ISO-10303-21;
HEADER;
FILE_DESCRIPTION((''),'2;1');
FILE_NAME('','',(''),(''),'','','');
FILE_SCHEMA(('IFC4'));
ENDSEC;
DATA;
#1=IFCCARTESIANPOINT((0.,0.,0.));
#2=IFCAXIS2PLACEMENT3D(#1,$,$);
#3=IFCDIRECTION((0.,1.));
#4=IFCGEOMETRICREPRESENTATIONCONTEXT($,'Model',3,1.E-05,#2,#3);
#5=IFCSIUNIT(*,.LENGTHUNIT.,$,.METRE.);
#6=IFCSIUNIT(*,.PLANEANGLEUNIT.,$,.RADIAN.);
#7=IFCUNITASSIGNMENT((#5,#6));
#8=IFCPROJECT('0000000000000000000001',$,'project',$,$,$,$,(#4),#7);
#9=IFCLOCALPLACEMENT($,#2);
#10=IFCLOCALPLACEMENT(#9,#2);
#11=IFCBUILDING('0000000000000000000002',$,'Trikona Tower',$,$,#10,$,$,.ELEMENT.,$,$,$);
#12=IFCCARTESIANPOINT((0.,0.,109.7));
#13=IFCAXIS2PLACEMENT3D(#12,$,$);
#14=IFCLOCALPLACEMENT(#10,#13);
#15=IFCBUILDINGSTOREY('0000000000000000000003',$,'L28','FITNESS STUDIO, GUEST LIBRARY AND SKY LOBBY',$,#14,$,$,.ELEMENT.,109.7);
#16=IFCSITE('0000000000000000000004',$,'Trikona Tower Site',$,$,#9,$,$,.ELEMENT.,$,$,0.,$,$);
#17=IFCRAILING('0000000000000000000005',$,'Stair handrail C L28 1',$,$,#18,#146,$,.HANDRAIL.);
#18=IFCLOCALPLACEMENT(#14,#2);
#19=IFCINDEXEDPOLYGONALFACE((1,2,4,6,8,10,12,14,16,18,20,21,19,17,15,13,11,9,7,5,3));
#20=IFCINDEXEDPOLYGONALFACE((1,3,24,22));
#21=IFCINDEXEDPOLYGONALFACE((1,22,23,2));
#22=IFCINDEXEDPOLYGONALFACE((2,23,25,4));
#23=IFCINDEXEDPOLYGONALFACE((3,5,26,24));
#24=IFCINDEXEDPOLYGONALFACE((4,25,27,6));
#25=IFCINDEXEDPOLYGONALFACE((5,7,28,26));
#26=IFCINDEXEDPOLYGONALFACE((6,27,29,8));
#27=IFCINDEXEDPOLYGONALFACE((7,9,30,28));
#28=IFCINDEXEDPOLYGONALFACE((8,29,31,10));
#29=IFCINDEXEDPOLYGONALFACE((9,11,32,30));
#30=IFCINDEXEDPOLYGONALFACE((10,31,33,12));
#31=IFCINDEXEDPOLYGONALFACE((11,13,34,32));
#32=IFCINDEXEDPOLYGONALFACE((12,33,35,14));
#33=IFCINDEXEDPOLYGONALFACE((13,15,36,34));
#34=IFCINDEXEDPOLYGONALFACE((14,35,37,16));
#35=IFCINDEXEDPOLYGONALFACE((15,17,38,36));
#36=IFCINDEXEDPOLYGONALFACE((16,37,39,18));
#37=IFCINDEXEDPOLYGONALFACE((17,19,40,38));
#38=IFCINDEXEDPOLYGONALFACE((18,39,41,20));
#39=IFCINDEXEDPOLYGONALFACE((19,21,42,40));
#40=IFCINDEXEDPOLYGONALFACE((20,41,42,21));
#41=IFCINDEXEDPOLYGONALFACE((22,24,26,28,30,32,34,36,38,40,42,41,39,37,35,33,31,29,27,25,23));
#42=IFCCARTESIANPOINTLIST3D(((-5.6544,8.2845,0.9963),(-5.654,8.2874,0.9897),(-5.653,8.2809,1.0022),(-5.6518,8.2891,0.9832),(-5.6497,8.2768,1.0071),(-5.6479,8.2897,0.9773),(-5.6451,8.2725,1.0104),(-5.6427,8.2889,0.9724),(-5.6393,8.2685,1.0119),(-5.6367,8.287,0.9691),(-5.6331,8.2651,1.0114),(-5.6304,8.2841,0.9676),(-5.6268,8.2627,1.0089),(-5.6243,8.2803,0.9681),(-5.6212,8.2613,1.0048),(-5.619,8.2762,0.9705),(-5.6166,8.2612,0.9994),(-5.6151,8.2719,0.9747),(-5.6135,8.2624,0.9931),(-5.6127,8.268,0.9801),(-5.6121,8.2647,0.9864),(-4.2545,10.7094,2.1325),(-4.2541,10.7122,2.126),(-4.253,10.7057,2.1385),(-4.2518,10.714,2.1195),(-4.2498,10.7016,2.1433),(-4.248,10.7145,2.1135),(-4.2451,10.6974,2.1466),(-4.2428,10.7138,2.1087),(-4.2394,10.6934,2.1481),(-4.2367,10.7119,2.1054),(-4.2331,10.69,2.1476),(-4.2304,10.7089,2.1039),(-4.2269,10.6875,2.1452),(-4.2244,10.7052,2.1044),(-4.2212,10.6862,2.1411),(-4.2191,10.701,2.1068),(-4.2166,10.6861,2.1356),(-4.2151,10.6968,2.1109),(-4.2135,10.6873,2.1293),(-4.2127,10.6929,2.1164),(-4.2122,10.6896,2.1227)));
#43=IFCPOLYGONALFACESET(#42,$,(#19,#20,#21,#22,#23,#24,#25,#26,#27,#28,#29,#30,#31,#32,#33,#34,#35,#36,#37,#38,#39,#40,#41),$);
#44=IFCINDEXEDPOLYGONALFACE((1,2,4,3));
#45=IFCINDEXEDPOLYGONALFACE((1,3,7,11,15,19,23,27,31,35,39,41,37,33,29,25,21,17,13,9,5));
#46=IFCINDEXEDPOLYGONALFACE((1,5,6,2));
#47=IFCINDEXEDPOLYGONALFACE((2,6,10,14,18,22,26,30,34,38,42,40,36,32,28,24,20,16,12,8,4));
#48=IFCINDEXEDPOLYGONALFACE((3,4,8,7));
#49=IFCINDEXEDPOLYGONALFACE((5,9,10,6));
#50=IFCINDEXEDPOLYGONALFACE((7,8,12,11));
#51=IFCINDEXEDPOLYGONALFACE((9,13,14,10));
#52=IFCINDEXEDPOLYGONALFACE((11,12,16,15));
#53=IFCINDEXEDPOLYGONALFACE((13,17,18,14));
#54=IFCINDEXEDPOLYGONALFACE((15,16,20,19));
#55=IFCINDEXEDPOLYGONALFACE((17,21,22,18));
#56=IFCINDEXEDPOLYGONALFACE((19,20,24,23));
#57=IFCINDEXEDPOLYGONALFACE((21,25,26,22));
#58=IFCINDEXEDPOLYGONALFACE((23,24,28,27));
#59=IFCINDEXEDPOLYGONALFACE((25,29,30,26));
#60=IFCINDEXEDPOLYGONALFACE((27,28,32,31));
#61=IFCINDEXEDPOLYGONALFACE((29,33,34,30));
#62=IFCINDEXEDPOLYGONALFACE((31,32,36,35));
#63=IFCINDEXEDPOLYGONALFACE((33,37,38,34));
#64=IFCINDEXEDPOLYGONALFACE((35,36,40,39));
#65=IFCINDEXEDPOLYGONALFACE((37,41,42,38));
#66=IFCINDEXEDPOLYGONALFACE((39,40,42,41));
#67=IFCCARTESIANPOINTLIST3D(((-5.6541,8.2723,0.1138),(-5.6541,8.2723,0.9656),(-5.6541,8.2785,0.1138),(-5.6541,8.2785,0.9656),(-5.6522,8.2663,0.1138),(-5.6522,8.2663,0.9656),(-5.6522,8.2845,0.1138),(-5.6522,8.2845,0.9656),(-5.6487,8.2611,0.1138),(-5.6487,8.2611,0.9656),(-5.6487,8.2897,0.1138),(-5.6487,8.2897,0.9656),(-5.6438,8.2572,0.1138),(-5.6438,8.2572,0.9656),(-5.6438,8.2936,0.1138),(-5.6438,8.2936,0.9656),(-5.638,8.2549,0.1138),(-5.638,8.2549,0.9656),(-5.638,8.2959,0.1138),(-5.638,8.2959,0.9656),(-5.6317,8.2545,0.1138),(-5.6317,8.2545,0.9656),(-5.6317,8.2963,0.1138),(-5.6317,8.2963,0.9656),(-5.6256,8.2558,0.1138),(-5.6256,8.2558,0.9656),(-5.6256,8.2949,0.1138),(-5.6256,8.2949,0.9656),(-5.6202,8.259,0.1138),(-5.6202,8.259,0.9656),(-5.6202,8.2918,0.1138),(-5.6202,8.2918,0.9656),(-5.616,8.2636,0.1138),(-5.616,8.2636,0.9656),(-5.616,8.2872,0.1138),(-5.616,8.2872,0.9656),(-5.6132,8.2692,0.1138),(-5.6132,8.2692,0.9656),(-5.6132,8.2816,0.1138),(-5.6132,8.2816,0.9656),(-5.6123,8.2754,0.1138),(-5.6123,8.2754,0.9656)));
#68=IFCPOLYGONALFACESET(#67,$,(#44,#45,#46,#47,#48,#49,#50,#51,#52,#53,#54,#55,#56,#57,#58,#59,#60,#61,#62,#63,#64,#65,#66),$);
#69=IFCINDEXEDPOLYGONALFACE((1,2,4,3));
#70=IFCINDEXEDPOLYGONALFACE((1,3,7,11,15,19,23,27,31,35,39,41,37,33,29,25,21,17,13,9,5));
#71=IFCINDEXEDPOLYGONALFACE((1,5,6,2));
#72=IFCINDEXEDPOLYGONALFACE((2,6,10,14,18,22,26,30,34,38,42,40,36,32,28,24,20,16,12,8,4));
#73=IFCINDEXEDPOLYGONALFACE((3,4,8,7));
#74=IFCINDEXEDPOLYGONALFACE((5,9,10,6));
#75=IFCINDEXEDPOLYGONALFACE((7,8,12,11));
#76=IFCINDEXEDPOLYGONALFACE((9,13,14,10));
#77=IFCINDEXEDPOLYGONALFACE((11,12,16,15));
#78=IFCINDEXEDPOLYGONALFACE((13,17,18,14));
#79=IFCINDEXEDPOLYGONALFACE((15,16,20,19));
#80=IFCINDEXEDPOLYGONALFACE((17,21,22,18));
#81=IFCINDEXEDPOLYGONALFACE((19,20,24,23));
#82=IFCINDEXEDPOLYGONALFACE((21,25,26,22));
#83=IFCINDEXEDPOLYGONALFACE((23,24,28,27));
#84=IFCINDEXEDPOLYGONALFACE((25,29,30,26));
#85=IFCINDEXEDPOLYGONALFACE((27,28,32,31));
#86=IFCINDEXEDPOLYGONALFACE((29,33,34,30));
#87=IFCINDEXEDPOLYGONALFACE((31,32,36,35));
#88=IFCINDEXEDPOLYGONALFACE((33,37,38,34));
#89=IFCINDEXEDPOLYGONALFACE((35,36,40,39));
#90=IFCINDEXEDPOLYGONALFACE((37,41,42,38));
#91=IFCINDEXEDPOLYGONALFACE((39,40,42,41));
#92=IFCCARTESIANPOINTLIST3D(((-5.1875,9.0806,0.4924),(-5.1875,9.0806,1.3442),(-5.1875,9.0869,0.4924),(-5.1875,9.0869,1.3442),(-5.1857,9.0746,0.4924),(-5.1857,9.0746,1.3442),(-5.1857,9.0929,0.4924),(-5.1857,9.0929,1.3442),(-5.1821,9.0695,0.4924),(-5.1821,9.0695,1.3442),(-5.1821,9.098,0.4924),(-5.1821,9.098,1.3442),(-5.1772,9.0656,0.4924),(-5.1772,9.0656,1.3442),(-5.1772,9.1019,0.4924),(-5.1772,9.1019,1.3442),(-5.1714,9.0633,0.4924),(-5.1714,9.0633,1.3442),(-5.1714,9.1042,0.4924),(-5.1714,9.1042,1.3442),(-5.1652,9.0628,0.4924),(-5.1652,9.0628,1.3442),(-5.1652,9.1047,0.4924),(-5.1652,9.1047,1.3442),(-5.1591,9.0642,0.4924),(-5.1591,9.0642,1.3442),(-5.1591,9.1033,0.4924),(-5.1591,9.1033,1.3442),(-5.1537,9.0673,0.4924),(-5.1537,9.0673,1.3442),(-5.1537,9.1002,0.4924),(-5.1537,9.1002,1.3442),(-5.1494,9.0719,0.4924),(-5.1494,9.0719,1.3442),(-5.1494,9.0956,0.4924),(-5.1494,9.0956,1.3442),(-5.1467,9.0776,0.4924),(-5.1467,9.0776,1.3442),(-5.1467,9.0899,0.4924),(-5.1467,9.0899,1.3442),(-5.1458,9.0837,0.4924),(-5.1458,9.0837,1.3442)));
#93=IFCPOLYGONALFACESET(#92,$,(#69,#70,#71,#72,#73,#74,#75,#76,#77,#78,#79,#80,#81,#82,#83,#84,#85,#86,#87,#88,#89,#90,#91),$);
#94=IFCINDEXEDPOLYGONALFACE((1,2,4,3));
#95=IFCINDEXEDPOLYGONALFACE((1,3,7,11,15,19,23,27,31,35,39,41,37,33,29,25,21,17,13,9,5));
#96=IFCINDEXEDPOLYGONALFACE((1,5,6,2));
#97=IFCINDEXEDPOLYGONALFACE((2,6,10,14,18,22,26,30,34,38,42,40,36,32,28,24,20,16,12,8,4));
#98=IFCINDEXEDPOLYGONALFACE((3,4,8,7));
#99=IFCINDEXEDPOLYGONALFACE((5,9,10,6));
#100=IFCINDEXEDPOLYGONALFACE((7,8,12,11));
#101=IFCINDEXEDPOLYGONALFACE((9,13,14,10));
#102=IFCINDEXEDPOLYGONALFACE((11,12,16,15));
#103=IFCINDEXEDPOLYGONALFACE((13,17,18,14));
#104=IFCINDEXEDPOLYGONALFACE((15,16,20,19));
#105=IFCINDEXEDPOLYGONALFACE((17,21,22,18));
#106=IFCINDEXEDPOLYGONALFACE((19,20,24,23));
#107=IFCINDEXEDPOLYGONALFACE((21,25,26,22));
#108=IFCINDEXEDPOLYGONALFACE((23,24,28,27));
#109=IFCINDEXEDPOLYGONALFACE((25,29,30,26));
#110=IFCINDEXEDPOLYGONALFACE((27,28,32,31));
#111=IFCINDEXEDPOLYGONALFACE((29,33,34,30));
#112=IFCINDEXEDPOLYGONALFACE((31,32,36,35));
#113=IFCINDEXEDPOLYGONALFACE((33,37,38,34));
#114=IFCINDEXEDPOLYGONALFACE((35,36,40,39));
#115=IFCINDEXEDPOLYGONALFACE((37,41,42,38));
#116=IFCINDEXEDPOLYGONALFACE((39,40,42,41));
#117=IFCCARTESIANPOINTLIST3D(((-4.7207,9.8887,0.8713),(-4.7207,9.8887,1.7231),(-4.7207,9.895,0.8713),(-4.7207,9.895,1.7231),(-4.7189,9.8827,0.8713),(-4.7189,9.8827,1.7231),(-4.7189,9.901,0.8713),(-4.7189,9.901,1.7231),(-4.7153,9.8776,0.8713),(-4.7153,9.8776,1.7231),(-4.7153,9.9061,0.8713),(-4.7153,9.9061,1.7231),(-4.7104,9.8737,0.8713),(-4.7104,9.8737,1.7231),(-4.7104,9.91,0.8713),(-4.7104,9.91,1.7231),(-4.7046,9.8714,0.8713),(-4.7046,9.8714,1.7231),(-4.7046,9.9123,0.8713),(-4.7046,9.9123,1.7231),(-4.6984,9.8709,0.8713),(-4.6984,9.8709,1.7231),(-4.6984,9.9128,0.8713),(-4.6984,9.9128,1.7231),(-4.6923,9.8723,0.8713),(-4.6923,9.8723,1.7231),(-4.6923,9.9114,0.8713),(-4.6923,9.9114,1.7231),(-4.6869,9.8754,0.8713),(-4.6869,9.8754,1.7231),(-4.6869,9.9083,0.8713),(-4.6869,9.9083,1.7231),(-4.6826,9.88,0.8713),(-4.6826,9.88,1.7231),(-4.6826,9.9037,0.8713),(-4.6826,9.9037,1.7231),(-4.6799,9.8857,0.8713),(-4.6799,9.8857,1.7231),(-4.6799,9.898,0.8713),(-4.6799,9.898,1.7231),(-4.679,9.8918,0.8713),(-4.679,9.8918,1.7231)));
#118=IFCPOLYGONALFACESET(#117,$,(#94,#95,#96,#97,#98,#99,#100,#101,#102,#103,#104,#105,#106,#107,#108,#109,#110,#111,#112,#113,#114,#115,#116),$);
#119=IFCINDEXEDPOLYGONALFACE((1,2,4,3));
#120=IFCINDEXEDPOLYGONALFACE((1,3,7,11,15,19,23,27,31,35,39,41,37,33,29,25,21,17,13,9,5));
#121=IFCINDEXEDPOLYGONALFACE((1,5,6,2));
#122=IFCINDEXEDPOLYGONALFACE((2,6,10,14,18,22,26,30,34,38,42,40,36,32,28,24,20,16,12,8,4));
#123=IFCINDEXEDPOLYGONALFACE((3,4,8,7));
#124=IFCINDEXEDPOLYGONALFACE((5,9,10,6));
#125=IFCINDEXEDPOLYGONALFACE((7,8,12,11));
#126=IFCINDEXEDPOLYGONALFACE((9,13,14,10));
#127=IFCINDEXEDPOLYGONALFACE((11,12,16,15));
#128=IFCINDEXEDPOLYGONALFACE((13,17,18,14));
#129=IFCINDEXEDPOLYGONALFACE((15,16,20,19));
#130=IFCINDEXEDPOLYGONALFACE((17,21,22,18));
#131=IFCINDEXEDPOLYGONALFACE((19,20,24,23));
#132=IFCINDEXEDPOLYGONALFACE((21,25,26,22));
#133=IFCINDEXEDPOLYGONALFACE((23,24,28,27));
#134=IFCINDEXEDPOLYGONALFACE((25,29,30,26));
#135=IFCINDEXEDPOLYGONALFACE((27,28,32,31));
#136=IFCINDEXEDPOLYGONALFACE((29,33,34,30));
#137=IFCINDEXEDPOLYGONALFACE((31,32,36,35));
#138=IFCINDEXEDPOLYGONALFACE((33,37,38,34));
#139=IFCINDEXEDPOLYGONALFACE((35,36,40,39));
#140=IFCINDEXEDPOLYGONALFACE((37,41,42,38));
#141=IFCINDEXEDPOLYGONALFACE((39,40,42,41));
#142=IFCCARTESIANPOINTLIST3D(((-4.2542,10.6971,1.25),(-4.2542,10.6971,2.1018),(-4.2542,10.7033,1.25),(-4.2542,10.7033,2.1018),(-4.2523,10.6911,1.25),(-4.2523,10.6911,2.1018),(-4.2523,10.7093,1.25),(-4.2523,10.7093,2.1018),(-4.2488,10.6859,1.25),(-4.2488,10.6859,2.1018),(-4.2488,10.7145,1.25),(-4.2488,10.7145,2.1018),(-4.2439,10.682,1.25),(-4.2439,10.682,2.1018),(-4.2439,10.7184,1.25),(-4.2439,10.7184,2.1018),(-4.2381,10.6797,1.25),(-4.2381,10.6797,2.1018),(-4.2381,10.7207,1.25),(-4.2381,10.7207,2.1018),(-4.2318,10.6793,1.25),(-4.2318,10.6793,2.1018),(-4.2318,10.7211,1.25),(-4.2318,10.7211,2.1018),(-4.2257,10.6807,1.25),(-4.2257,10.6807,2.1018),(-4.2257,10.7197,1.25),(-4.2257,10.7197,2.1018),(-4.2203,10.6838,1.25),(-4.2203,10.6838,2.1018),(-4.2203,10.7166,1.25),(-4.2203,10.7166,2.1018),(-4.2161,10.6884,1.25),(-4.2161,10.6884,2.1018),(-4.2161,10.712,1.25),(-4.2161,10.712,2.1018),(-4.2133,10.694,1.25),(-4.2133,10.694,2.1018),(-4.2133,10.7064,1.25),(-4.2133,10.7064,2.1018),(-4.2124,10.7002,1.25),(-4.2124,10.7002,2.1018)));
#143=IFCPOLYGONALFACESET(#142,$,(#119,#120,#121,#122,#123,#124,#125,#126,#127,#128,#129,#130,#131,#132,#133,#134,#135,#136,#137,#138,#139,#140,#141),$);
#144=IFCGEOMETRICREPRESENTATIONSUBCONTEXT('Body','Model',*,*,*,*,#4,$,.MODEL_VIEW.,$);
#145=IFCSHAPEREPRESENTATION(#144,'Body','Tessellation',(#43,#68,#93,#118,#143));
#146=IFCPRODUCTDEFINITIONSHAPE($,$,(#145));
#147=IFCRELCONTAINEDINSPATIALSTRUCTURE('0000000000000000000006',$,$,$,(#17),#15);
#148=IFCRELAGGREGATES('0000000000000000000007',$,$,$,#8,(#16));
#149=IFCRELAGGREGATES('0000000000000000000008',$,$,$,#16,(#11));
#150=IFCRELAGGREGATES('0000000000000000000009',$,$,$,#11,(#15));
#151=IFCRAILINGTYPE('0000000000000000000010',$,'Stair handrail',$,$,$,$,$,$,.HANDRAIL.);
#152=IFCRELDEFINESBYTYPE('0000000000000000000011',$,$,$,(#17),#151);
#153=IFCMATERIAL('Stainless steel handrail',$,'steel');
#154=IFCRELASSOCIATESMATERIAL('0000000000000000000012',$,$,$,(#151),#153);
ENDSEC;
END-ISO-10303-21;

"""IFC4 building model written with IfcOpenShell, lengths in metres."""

from ifc_helpers import new_model, si_unit, direction, frame, origin, origin_2d, place, context, subcontext, project, spatial, circle, extrude, material, type_object, element, save


model = new_model("IFC4")

# Units and contexts
model_context = context("Model", 3, precision=1e-05, world=origin(), true_north=direction((0.0, 1.0)))
body_context = subcontext(model_context, "Body", "Model", "MODEL_VIEW")
ifc_project = project(units=[si_unit("LENGTHUNIT", "METRE"), si_unit("PLANEANGLEUNIT", "RADIAN")], contexts=[model_context])

# Site, building, storey
site_placement = place(None, origin())
site = spatial("IfcSite", under=ifc_project, at=site_placement, Name="Trikona Tower Site", CompositionType="ELEMENT", RefElevation=0.0)
building_placement = place(site_placement, origin())
building = spatial("IfcBuilding", under=site, at=building_placement, Name="Trikona Tower", CompositionType="ELEMENT")
storey_placement = place(building_placement, frame((0.0, 0.0, 109.7)))
storey = spatial("IfcBuildingStorey", under=building, at=storey_placement, Name="L28", Description="FITNESS STUDIO, GUEST LIBRARY AND SKY LOBBY", CompositionType="ELEMENT", Elevation=109.7)

# Railing
ifc_material_1 = material(Name="Stainless steel handrail", Category="steel")
railing_type = type_object("IfcRailingType", Name="Stair handrail", PredefinedType="HANDRAIL", material=ifc_material_1)
railing_1_placement = place(storey_placement, frame((-5.6333, 8.2754, 0.1138)))
element("IfcRailing", 1, at=railing_1_placement, inside=storey, type_object=railing_type, Name="Stair handrail C L28 1", PredefinedType="HANDRAIL", context=body_context, shape_type="SweptSolid", body=[
    extrude(circle(Radius=0.0239, at=origin_2d()), frame((0.0, 0.0, 0.876), z_axis=(0.463289, 0.802475, 0.376029), x_axis=(-0.866035, 0.499984, 0.0)), (0.0, 0.0, 1.0), 3.0217),
    extrude(circle(Radius=0.021, at=origin_2d()), origin(), (0.0, 0.0, 1.0), 0.8518),
    extrude(circle(Radius=0.021, at=origin_2d()), frame((0.4666, 0.8083, 0.3787)), (0.0, 0.0, 1.0), 0.8518),
    extrude(circle(Radius=0.021, at=origin_2d()), frame((0.9333, 1.6165, 0.7576)), (0.0, 0.0, 1.0), 0.8518),
    extrude(circle(Radius=0.021, at=origin_2d()), frame((1.3999, 2.4248, 1.1362)), (0.0, 0.0, 1.0), 0.8518),
])

save(model, "model.ifc")
